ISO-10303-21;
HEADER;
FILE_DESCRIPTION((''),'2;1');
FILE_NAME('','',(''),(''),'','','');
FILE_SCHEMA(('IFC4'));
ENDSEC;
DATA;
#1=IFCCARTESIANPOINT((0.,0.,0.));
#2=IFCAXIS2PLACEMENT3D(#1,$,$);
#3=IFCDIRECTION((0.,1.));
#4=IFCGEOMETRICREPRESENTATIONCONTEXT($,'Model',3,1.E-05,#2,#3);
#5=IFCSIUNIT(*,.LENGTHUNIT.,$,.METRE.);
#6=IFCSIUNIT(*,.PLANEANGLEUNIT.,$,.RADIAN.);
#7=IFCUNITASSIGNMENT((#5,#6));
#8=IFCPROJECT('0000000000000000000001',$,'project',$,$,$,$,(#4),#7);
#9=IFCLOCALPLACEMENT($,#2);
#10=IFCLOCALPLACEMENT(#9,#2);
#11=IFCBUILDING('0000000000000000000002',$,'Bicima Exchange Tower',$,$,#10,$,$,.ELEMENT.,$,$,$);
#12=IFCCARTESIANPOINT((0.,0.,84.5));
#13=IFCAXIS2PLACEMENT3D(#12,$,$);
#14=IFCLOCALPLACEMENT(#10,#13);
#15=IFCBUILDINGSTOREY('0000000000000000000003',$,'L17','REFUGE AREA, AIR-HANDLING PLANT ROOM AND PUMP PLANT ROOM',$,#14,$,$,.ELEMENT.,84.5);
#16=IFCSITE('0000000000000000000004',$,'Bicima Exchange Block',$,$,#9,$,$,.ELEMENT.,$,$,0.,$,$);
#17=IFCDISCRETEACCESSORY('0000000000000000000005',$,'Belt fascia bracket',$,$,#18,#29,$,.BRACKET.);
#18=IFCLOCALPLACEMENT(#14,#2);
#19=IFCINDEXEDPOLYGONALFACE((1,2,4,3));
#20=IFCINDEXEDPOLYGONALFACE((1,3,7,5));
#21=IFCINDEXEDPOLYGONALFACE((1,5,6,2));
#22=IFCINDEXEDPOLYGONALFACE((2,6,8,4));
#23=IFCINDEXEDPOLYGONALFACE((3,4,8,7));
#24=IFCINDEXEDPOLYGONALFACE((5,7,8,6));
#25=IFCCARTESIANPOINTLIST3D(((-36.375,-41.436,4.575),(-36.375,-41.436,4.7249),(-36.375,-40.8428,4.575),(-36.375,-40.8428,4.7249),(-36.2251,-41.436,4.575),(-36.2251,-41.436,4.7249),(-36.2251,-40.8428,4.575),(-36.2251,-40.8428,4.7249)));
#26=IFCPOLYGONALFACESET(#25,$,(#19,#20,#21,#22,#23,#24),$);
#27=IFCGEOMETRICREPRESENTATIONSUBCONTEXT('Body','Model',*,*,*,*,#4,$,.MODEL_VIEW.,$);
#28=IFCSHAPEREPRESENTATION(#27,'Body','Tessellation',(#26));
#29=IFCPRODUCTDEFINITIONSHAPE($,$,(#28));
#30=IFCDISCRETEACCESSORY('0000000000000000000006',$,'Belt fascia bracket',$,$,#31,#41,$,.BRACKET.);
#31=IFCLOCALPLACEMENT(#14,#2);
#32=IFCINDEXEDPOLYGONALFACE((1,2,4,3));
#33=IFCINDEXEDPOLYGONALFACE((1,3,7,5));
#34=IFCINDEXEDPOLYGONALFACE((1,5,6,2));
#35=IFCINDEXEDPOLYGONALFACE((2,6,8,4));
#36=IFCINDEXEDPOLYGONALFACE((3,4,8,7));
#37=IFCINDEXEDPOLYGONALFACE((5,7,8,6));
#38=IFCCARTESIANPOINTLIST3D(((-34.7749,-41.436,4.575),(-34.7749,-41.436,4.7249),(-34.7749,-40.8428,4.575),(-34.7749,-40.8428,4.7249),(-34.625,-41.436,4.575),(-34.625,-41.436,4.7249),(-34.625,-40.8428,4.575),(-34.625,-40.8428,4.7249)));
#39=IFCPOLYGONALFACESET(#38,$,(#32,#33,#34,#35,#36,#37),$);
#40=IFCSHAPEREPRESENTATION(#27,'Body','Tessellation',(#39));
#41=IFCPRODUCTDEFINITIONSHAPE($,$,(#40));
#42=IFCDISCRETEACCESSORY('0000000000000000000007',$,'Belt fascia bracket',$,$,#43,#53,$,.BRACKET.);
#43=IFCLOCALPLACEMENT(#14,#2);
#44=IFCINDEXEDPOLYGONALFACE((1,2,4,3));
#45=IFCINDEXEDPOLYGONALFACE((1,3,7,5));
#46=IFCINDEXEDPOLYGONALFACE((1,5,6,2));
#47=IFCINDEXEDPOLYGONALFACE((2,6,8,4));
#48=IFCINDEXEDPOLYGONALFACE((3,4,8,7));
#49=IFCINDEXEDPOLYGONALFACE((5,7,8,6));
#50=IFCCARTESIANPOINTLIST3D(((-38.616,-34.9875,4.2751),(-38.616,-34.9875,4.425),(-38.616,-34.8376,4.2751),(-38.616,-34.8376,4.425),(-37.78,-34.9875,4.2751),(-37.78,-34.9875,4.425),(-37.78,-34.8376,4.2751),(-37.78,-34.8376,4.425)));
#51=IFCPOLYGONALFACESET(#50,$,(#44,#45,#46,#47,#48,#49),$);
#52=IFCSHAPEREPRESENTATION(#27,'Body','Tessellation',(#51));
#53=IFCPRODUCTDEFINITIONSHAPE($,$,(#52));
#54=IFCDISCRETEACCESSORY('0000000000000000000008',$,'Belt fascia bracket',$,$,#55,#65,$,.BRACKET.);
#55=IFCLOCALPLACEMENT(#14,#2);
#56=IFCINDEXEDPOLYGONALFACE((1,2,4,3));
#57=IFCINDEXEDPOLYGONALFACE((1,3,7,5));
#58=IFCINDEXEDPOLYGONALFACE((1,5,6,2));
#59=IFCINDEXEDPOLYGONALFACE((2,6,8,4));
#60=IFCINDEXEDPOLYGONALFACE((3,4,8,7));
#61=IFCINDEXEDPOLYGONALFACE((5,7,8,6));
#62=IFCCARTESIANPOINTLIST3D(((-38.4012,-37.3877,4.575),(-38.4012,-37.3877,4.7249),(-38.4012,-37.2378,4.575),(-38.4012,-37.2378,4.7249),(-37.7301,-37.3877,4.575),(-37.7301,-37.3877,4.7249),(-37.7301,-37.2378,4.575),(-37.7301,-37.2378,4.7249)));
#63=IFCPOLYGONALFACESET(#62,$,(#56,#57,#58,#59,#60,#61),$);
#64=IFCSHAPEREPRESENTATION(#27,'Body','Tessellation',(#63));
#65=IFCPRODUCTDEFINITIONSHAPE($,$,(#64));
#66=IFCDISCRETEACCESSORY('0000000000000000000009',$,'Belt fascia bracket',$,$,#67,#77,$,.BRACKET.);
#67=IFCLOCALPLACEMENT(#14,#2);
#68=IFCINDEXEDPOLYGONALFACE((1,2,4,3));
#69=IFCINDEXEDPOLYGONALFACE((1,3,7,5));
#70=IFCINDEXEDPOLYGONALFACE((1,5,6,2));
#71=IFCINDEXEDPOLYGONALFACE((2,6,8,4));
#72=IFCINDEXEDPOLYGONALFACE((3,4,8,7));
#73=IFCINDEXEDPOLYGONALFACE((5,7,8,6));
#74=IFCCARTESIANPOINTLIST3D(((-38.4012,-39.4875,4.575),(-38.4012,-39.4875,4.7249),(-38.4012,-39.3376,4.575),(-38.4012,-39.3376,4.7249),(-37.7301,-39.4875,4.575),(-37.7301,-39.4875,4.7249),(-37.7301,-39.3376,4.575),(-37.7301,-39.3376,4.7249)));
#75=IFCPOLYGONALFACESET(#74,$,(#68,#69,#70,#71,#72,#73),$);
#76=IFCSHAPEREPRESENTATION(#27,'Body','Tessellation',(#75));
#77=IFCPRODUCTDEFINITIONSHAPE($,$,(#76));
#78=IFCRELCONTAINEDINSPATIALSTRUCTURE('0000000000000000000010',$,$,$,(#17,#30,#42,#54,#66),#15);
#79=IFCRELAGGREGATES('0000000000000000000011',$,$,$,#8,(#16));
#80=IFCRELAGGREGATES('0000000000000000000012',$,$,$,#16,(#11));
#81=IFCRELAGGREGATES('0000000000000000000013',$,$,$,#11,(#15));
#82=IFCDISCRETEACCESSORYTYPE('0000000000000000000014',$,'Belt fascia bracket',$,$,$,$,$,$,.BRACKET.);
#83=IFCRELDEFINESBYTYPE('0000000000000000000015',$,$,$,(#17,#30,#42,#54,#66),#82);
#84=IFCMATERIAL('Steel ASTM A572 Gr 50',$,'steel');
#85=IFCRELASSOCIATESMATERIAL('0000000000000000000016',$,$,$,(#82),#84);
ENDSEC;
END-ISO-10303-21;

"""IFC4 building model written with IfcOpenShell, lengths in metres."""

from ifc_helpers import new_model, si_unit, direction, frame, origin, origin_2d, place, context, subcontext, project, spatial, rectangle, extrude, material, type_object, element, save


model = new_model("IFC4")

# Units and contexts
model_context = context("Model", 3, precision=1e-05, world=origin(), true_north=direction((0.0, 1.0)))
body_context = subcontext(model_context, "Body", "Model", "MODEL_VIEW")
ifc_project = project(units=[si_unit("LENGTHUNIT", "METRE"), si_unit("PLANEANGLEUNIT", "RADIAN")], contexts=[model_context])

# Site, building, storey
site_placement = place(None, origin())
site = spatial("IfcSite", under=ifc_project, at=site_placement, Name="Bicima Exchange Block", CompositionType="ELEMENT", RefElevation=0.0)
building_placement = place(site_placement, origin())
building = spatial("IfcBuilding", under=site, at=building_placement, Name="Bicima Exchange Tower", CompositionType="ELEMENT")
storey_placement = place(building_placement, frame((0.0, 0.0, 84.5)))
storey = spatial("IfcBuildingStorey", under=building, at=storey_placement, Name="L17", Description="REFUGE AREA, AIR-HANDLING PLANT ROOM AND PUMP PLANT ROOM", CompositionType="ELEMENT", Elevation=84.5)

# Shared definitions
ifc_material_1 = material(Name="Steel ASTM A572 Gr 50", Category="steel")

# Discrete accessories
discrete_accessory_type = type_object("IfcDiscreteAccessoryType", Name="Belt fascia bracket", PredefinedType="BRACKET", material=ifc_material_1)
for number, where, z_axis, x_axis, name in (
    (1, (-36.3, -41.1394, 4.575), (0.0, 0.0, 1.0), (1.0, 0.0, 0.0), "Belt fascia bracket"),
    (2, (-34.7, -41.1394, 4.575), (0.0, 0.0, 1.0), (1.0, 0.0, 0.0), "Belt fascia bracket"),
):
    element("IfcDiscreteAccessory", number, at=place(storey_placement, frame(where, z_axis=z_axis, x_axis=x_axis)), inside=storey, type_object=discrete_accessory_type, Name=name, PredefinedType="BRACKET", context=body_context, shape_type="SweptSolid", body=[
        extrude(rectangle(XDim=0.1499, YDim=0.5933, at=origin_2d()), origin(), (0.0, 0.0, 1.0), 0.1499),
    ])
discrete_accessory_placement = place(storey_placement, frame((-38.198, -34.9126, 4.2751), z_axis=(0.0, 0.0, 1.0), x_axis=(0.0, -1.0, 0.0)))
element("IfcDiscreteAccessory", 3, at=discrete_accessory_placement, inside=storey, type_object=discrete_accessory_type, Name="Belt fascia bracket", PredefinedType="BRACKET", context=body_context, shape_type="SweptSolid", body=[
    extrude(rectangle(XDim=0.1499, YDim=0.8359, at=origin_2d()), origin(), (0.0, 0.0, 1.0), 0.1499),
])
for number, where, z_axis, x_axis, name in (
    (4, (-38.0657, -37.3127, 4.575), (0.0, 0.0, 1.0), (0.0, -1.0, 0.0), "Belt fascia bracket"),
    (5, (-38.0657, -39.4126, 4.575), (0.0, 0.0, 1.0), (0.0, -1.0, 0.0), "Belt fascia bracket"),
):
    element("IfcDiscreteAccessory", number, at=place(storey_placement, frame(where, z_axis=z_axis, x_axis=x_axis)), inside=storey, type_object=discrete_accessory_type, Name=name, PredefinedType="BRACKET", context=body_context, shape_type="SweptSolid", body=[
        extrude(rectangle(XDim=0.1499, YDim=0.6711, at=origin_2d()), origin(), (0.0, 0.0, 1.0), 0.1499),
    ])

save(model, "model.ifc")
